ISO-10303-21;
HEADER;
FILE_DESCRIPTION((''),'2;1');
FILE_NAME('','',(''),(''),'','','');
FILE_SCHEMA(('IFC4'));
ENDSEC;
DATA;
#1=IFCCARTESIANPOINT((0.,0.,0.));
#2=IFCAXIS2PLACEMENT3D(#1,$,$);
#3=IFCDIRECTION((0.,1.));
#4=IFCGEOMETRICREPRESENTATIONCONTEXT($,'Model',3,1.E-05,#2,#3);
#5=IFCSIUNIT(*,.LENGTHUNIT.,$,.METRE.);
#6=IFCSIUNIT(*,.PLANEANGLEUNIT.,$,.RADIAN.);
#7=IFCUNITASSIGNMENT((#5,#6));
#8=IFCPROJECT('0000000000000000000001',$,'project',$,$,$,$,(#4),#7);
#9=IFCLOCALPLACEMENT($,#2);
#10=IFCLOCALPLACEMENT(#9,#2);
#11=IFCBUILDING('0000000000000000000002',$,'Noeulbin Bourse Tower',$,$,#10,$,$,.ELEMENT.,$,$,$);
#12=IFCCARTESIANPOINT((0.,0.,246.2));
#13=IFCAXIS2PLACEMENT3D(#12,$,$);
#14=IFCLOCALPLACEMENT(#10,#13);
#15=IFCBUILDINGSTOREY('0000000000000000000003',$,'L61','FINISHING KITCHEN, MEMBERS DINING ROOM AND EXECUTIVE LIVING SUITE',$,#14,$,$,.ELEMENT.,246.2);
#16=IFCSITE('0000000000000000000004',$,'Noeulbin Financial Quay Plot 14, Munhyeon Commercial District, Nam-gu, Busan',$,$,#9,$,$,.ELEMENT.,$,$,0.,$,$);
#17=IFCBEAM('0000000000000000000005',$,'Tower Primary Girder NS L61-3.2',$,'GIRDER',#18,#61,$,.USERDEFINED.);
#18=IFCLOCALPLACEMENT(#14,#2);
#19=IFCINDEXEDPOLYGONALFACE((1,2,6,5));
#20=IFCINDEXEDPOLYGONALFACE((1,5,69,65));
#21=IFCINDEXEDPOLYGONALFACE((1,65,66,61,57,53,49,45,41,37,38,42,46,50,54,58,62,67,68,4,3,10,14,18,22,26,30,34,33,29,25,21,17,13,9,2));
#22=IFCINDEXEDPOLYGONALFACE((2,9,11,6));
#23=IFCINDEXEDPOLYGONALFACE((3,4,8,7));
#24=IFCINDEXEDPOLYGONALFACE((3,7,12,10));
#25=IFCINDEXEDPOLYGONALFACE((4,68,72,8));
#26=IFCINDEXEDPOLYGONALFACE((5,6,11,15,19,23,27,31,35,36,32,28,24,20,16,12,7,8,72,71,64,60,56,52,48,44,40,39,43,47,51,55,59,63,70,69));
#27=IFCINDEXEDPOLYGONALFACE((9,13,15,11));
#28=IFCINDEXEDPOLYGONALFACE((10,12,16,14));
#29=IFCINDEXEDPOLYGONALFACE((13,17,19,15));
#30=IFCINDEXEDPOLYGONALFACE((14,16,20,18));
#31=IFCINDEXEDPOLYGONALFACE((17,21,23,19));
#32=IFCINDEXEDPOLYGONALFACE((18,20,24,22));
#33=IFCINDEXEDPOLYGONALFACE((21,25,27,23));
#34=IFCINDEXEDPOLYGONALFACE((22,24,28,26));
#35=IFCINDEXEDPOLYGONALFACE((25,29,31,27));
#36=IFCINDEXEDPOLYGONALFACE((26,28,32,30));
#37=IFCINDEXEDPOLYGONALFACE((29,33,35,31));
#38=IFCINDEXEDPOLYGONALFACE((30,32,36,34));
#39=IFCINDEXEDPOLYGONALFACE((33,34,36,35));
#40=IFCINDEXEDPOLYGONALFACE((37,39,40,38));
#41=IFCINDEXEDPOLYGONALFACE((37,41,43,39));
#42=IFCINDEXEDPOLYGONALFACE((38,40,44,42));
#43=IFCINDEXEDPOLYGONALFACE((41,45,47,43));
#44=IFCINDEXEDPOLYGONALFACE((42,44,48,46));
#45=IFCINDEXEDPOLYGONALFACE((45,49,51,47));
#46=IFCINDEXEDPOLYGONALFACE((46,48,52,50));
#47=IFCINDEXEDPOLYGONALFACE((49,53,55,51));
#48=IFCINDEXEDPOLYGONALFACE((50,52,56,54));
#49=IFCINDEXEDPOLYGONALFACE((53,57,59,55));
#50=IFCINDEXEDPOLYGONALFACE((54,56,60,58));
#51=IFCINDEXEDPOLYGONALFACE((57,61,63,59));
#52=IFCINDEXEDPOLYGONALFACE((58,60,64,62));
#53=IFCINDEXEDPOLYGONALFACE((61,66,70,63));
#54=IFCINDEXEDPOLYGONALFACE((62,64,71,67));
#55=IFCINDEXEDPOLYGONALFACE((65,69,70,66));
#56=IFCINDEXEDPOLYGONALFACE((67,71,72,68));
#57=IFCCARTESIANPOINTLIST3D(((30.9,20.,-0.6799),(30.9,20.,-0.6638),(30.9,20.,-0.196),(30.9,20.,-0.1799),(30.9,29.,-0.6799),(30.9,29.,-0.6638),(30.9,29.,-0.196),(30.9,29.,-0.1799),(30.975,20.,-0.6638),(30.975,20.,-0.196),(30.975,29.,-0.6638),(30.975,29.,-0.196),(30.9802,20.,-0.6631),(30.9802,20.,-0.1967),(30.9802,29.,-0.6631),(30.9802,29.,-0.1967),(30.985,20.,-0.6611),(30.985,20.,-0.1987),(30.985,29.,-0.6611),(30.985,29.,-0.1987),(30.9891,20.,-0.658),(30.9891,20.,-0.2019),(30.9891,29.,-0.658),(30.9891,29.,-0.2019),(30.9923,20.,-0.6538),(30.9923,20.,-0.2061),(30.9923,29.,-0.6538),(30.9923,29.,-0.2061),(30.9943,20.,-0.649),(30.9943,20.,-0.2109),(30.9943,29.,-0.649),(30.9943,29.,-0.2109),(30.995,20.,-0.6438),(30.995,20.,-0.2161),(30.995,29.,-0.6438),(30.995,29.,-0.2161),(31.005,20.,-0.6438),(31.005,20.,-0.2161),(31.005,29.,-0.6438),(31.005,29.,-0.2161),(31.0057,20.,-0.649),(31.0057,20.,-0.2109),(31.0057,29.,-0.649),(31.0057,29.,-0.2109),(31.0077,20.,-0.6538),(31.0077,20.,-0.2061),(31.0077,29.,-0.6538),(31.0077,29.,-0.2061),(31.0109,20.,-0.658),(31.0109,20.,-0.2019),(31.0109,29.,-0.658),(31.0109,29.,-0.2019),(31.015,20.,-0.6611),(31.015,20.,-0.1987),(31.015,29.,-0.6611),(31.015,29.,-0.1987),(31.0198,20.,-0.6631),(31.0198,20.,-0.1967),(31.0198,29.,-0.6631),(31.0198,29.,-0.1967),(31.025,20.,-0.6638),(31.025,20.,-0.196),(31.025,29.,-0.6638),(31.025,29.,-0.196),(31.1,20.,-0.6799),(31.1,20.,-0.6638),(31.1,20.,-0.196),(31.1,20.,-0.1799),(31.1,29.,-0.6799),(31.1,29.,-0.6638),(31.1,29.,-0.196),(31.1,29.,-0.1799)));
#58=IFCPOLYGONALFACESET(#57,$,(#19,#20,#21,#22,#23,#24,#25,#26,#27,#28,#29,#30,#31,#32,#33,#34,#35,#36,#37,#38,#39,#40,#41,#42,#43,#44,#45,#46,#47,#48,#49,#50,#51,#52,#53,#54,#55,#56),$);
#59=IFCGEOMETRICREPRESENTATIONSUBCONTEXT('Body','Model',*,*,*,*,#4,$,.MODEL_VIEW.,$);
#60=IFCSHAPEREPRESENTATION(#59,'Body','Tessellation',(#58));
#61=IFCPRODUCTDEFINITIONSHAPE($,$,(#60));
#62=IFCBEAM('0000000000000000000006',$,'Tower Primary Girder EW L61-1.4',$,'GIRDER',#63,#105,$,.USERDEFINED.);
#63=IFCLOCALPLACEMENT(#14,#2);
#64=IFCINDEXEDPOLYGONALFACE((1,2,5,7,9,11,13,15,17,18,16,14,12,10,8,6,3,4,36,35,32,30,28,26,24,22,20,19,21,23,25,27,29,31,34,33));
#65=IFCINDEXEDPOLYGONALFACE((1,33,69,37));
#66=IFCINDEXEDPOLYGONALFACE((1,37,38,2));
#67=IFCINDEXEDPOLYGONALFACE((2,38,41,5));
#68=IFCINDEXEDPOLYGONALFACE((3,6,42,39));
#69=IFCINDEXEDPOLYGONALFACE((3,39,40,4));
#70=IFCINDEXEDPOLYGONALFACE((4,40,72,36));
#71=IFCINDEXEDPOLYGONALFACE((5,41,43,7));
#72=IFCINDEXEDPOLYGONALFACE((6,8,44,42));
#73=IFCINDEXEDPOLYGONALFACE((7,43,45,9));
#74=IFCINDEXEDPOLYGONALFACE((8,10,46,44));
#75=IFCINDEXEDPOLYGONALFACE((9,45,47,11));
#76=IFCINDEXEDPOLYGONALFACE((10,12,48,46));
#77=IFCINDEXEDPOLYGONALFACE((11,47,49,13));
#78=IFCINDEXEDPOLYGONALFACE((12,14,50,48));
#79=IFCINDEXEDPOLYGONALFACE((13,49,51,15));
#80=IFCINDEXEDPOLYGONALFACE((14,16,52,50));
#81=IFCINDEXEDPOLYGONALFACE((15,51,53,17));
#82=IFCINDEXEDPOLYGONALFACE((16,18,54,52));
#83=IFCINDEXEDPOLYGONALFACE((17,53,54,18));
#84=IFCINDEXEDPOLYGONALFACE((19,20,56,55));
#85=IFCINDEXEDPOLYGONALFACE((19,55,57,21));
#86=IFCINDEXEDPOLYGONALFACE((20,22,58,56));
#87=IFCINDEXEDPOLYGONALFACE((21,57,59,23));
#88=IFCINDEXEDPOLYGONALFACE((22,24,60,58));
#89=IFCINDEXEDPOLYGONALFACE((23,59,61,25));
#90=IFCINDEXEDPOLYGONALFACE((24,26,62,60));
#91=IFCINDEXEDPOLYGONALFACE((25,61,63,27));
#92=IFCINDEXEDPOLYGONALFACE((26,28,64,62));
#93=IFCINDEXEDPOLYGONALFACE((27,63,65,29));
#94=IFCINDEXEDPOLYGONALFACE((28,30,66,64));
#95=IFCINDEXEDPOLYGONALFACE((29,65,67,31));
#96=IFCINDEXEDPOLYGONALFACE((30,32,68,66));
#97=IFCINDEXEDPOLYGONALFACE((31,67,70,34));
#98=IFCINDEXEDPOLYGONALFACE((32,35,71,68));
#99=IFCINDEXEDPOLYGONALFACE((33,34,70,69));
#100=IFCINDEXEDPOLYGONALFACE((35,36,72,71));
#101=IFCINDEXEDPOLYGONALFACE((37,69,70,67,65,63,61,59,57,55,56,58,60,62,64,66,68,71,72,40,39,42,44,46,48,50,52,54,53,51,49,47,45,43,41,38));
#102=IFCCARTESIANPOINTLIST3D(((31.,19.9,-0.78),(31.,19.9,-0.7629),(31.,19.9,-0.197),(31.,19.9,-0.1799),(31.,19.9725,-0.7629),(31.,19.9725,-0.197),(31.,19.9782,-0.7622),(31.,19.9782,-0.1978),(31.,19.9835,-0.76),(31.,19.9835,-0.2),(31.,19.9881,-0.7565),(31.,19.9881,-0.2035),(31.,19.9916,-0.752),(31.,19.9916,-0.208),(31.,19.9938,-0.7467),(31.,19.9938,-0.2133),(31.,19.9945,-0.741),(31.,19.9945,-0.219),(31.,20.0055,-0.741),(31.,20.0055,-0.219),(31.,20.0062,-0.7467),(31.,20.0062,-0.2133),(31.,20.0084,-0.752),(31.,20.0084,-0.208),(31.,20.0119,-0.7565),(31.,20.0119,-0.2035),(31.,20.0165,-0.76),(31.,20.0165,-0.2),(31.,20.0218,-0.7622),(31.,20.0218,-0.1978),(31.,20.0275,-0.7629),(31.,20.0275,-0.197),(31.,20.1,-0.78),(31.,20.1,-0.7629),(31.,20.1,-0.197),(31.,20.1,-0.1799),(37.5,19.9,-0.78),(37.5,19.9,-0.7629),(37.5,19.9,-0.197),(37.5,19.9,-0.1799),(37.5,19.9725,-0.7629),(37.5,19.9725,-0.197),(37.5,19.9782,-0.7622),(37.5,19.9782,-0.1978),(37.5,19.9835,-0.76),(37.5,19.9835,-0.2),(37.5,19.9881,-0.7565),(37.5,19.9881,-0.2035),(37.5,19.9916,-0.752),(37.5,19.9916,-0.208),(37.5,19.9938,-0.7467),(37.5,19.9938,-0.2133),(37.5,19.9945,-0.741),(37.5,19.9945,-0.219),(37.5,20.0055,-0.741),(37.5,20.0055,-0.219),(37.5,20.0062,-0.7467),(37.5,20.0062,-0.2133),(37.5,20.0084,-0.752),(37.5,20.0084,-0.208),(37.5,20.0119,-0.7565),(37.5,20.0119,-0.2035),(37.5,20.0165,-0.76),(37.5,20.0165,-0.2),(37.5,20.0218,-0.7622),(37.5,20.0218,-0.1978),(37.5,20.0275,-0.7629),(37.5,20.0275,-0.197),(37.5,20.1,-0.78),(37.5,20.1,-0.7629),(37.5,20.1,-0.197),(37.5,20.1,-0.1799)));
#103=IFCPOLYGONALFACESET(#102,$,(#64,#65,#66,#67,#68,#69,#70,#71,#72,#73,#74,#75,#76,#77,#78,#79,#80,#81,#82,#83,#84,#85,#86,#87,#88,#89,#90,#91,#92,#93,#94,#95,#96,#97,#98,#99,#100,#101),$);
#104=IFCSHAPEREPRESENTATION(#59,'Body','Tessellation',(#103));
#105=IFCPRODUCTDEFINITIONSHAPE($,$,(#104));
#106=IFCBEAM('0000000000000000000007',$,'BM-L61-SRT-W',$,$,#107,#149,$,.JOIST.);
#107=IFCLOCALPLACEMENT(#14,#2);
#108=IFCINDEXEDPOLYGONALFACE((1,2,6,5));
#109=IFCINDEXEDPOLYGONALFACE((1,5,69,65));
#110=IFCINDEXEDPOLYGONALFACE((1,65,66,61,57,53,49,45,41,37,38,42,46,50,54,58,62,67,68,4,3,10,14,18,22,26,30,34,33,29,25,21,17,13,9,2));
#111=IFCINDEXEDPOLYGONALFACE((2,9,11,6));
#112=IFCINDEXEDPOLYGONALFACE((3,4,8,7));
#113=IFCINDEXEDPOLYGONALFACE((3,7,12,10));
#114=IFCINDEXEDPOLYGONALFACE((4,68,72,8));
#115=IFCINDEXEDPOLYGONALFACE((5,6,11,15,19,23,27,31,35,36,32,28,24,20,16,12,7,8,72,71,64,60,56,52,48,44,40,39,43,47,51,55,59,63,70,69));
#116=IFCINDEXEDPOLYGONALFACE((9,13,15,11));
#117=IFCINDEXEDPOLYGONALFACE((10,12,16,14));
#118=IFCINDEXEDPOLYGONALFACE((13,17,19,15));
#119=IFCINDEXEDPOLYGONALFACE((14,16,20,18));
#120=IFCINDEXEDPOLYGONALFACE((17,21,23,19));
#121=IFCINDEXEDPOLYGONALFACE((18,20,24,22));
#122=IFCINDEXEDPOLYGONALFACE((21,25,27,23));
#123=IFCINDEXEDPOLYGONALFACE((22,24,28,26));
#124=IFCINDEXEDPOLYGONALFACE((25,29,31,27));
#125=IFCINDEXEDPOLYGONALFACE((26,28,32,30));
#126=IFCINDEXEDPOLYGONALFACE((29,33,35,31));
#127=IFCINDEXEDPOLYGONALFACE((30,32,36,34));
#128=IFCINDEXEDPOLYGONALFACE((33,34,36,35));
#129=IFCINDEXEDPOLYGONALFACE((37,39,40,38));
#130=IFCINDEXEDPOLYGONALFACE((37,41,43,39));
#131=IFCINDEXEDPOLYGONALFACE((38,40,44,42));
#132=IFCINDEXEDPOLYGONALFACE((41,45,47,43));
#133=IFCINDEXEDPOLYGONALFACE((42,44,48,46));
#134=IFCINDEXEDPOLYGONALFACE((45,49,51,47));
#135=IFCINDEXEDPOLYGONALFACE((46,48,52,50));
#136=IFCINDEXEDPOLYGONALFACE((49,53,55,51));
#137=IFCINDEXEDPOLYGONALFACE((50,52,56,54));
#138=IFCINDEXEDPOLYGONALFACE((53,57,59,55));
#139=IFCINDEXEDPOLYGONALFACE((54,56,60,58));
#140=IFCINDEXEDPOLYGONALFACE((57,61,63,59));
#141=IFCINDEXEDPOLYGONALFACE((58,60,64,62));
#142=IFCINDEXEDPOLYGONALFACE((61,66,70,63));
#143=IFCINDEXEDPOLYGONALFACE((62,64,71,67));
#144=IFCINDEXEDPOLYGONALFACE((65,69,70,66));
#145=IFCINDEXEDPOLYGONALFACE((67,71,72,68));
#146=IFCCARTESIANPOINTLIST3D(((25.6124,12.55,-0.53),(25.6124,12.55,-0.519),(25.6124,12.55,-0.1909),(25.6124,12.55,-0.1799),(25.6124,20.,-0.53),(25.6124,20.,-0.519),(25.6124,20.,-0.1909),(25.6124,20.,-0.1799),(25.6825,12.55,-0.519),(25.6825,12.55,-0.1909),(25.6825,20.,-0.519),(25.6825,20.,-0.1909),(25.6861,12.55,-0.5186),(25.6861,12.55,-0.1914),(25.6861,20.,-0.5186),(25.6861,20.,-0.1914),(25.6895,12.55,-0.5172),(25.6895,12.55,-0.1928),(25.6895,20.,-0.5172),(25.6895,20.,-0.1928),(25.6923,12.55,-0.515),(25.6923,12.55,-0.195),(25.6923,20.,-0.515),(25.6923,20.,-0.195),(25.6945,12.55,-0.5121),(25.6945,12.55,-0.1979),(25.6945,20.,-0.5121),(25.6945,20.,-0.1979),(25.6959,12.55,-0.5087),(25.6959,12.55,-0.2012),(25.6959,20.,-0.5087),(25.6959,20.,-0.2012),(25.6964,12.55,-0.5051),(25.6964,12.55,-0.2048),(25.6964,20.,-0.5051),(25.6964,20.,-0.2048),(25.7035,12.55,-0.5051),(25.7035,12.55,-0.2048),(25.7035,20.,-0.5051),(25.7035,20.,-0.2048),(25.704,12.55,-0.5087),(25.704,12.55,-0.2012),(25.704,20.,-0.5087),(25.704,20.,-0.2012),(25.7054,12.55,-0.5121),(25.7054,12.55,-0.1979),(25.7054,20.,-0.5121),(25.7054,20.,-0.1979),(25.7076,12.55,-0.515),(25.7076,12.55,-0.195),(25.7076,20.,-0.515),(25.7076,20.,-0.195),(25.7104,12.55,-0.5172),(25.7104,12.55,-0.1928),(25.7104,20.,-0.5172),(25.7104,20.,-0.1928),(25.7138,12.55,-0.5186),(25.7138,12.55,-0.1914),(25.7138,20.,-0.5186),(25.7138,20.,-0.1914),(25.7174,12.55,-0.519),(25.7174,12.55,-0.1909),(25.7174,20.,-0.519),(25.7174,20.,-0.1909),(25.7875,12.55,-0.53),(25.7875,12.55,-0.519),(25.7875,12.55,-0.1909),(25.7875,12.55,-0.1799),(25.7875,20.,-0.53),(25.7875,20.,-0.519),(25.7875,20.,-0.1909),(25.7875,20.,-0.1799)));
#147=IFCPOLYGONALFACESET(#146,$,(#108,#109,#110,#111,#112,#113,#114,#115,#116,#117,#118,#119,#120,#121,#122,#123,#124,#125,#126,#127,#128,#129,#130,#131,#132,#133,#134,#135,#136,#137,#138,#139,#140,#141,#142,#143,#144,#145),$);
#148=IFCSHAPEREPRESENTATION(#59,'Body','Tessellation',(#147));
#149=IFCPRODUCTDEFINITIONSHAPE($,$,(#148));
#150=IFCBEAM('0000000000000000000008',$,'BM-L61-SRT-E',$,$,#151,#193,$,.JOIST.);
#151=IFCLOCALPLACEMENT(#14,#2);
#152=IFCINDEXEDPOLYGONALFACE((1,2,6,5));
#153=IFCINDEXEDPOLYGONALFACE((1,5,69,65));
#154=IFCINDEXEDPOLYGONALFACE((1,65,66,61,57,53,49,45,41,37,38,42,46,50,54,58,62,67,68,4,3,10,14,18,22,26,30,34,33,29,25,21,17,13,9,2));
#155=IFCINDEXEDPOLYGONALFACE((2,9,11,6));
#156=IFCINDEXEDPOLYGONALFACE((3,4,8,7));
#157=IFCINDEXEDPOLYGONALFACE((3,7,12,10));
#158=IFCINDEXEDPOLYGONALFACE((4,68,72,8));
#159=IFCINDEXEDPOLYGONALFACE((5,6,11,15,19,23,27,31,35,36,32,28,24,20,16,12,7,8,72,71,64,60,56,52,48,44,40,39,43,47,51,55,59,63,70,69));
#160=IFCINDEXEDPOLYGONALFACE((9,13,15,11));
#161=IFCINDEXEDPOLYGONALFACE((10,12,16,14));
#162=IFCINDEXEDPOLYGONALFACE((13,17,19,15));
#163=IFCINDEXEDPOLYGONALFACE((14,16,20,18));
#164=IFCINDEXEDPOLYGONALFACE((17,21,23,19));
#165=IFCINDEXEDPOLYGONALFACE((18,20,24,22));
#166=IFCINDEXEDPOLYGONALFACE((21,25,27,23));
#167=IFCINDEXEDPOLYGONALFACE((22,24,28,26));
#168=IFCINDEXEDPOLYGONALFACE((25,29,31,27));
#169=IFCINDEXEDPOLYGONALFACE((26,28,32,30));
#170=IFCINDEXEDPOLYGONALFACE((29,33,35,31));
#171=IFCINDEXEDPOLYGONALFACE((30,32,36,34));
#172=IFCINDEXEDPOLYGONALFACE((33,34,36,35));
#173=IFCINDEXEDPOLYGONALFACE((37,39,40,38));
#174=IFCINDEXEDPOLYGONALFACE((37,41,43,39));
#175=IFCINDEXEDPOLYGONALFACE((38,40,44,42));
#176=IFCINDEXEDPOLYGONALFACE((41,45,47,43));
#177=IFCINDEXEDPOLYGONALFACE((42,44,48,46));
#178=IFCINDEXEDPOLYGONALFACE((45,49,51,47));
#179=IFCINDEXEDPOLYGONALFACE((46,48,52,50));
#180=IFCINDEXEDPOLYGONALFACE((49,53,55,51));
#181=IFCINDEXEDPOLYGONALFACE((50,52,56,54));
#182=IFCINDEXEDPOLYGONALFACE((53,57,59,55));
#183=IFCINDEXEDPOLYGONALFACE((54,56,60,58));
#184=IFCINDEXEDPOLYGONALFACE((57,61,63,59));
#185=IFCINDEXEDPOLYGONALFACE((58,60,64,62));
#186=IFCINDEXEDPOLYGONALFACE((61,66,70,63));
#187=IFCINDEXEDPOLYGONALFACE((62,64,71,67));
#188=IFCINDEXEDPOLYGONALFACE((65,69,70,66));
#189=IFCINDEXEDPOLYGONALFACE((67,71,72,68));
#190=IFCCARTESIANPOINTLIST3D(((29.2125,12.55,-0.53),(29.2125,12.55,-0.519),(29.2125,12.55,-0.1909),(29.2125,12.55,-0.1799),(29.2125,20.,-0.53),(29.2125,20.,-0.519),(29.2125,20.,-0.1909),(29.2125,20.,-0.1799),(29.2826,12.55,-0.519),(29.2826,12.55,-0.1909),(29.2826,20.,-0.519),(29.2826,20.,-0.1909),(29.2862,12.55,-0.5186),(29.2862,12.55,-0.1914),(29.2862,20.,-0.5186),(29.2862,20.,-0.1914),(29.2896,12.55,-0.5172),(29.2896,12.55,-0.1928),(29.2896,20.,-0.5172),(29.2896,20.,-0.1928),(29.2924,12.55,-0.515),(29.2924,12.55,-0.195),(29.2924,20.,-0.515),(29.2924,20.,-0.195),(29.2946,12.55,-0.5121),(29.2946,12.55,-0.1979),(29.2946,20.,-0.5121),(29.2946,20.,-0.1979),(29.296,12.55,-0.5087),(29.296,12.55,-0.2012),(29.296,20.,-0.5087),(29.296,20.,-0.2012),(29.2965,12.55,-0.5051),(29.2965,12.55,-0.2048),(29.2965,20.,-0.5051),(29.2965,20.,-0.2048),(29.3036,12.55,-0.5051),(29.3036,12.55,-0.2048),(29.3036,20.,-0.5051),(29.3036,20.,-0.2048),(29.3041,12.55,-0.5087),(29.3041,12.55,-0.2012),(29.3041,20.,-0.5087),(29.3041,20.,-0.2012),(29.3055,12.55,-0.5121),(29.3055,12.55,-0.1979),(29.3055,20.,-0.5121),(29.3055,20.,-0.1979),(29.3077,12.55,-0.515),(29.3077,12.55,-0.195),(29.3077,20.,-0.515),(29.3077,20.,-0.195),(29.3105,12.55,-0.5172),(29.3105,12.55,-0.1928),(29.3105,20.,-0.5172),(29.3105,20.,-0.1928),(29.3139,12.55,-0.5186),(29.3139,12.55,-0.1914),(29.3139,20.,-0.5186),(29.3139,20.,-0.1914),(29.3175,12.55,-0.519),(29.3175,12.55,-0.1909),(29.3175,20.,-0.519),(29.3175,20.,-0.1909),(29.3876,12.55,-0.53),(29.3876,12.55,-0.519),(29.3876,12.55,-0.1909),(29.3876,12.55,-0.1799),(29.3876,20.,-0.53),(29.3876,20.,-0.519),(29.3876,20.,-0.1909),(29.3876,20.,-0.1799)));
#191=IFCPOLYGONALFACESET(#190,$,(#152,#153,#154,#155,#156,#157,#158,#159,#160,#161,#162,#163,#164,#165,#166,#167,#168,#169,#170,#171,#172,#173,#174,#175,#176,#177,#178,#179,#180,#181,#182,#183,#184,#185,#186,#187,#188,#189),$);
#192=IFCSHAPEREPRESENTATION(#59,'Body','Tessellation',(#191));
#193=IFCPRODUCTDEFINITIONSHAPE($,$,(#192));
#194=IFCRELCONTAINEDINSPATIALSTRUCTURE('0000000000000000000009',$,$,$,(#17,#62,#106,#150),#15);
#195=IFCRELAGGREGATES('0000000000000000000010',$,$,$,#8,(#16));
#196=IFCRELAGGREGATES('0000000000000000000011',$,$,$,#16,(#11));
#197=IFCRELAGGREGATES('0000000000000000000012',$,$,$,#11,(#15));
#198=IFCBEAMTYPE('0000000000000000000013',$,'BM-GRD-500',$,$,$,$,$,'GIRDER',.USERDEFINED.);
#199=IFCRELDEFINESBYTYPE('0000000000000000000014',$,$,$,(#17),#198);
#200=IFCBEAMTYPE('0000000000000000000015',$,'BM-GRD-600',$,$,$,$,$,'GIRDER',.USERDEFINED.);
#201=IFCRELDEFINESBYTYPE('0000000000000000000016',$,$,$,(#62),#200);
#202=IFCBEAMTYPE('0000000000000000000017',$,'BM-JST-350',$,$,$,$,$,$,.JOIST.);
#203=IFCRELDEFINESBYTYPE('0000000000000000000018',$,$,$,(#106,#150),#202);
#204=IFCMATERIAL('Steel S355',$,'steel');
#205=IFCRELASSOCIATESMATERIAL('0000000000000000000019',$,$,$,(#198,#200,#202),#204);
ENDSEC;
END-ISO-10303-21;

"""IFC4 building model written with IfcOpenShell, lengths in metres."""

from ifc_helpers import new_model, si_unit, direction, frame, origin, origin_2d, place, context, subcontext, project, spatial, i_section, extrude, material, material_profile, profile_set, type_object, element, save


model = new_model("IFC4")

# Units and contexts
model_context = context("Model", 3, precision=1e-05, world=origin(), true_north=direction((0.0, 1.0)))
body_context = subcontext(model_context, "Body", "Model", "MODEL_VIEW")
ifc_project = project(units=[si_unit("LENGTHUNIT", "METRE"), si_unit("PLANEANGLEUNIT", "RADIAN")], contexts=[model_context])

# Site, building, storey
site_placement = place(None, origin())
site = spatial("IfcSite", under=ifc_project, at=site_placement, Name="Noeulbin Financial Quay Plot 14, Munhyeon Commercial District, Nam-gu, Busan", CompositionType="ELEMENT", RefElevation=0.0)
building_placement = place(site_placement, origin())
building = spatial("IfcBuilding", under=site, at=building_placement, Name="Noeulbin Bourse Tower", CompositionType="ELEMENT")
storey_placement = place(building_placement, frame((0.0, 0.0, 246.2)))
storey = spatial("IfcBuildingStorey", under=building, at=storey_placement, Name="L61", Description="FINISHING KITCHEN, MEMBERS DINING ROOM AND EXECUTIVE LIVING SUITE", CompositionType="ELEMENT", Elevation=246.2)

# Shared definitions
ifc_material_1 = material(Name="Steel S355", Category="steel")

# Beams
ifc_material_profile_1 = material_profile(ifc_material_1, i_section(OverallWidth=0.2, OverallDepth=0.5, WebThickness=0.01, FlangeThickness=0.0161, FilletRadius=0.02, at=origin_2d()), Name="H-500x200x10x16", Category="LoadBearing")
ifc_profile_set_1 = profile_set([ifc_material_profile_1], Name="Steel S355")
beam_type_1 = type_object("IfcBeamType", Name="BM-GRD-500", ElementType="GIRDER", PredefinedType="USERDEFINED", material=ifc_profile_set_1)
beam_1_placement = place(storey_placement, frame((31.0, 20.0, -0.4299), z_axis=(0.0, 1.0, 0.0), x_axis=(-1.0, 0.0, 0.0)))
element("IfcBeam", 1, at=beam_1_placement, inside=storey, type_object=beam_type_1, Name="Tower Primary Girder NS L61-3.2", ObjectType="GIRDER", PredefinedType="USERDEFINED", context=body_context, shape_type="SweptSolid", body=[
    extrude(i_section(OverallWidth=0.2, OverallDepth=0.5, WebThickness=0.01, FlangeThickness=0.0161, FilletRadius=0.02, at=origin_2d()), origin(), (0.0, 0.0, 1.0), 9.0),
])
ifc_material_profile_2 = material_profile(ifc_material_1, i_section(OverallWidth=0.2, OverallDepth=0.6001, WebThickness=0.011, FlangeThickness=0.0171, FilletRadius=0.022, at=origin_2d()), Name="H-600x200x11x17", Category="LoadBearing")
ifc_profile_set_2 = profile_set([ifc_material_profile_2], Name="Steel S355")
beam_type_2 = type_object("IfcBeamType", Name="BM-GRD-600", ElementType="GIRDER", PredefinedType="USERDEFINED", material=ifc_profile_set_2)
beam_2_placement = place(storey_placement, frame((31.0, 20.0, -0.48), z_axis=(1.0, 0.0, 0.0), x_axis=(0.0, 1.0, 0.0)))
element("IfcBeam", 2, at=beam_2_placement, inside=storey, type_object=beam_type_2, Name="Tower Primary Girder EW L61-1.4", ObjectType="GIRDER", PredefinedType="USERDEFINED", context=body_context, shape_type="SweptSolid", body=[
    extrude(i_section(OverallWidth=0.2, OverallDepth=0.6001, WebThickness=0.011, FlangeThickness=0.0171, FilletRadius=0.022, at=origin_2d()), origin(), (0.0, 0.0, 1.0), 6.5),
])
ifc_material_profile_3 = material_profile(ifc_material_1, i_section(OverallWidth=0.175, OverallDepth=0.3501, WebThickness=0.0071, FlangeThickness=0.011, FilletRadius=0.0139, at=origin_2d()), Name="H-350x175x7x11", Category="LoadBearing")
ifc_profile_set_3 = profile_set([ifc_material_profile_3], Name="Steel S355")
beam_type_3 = type_object("IfcBeamType", Name="BM-JST-350", PredefinedType="JOIST", material=ifc_profile_set_3)
for number, where, z_axis, x_axis, name in (
    (3, (25.7, 12.55, -0.355), (0.0, 1.0, 0.0), (-1.0, 0.0, 0.0), "BM-L61-SRT-W"),
    (4, (29.3, 12.55, -0.355), (0.0, 1.0, 0.0), (-1.0, 0.0, 0.0), "BM-L61-SRT-E"),
):
    element("IfcBeam", number, at=place(storey_placement, frame(where, z_axis=z_axis, x_axis=x_axis)), inside=storey, type_object=beam_type_3, Name=name, PredefinedType="JOIST", context=body_context, shape_type="SweptSolid", body=[
        extrude(i_section(OverallWidth=0.175, OverallDepth=0.3501, WebThickness=0.0071, FlangeThickness=0.011, FilletRadius=0.0139, at=origin_2d()), origin(), (0.0, 0.0, 1.0), 7.45),
    ])

save(model, "model.ifc")
